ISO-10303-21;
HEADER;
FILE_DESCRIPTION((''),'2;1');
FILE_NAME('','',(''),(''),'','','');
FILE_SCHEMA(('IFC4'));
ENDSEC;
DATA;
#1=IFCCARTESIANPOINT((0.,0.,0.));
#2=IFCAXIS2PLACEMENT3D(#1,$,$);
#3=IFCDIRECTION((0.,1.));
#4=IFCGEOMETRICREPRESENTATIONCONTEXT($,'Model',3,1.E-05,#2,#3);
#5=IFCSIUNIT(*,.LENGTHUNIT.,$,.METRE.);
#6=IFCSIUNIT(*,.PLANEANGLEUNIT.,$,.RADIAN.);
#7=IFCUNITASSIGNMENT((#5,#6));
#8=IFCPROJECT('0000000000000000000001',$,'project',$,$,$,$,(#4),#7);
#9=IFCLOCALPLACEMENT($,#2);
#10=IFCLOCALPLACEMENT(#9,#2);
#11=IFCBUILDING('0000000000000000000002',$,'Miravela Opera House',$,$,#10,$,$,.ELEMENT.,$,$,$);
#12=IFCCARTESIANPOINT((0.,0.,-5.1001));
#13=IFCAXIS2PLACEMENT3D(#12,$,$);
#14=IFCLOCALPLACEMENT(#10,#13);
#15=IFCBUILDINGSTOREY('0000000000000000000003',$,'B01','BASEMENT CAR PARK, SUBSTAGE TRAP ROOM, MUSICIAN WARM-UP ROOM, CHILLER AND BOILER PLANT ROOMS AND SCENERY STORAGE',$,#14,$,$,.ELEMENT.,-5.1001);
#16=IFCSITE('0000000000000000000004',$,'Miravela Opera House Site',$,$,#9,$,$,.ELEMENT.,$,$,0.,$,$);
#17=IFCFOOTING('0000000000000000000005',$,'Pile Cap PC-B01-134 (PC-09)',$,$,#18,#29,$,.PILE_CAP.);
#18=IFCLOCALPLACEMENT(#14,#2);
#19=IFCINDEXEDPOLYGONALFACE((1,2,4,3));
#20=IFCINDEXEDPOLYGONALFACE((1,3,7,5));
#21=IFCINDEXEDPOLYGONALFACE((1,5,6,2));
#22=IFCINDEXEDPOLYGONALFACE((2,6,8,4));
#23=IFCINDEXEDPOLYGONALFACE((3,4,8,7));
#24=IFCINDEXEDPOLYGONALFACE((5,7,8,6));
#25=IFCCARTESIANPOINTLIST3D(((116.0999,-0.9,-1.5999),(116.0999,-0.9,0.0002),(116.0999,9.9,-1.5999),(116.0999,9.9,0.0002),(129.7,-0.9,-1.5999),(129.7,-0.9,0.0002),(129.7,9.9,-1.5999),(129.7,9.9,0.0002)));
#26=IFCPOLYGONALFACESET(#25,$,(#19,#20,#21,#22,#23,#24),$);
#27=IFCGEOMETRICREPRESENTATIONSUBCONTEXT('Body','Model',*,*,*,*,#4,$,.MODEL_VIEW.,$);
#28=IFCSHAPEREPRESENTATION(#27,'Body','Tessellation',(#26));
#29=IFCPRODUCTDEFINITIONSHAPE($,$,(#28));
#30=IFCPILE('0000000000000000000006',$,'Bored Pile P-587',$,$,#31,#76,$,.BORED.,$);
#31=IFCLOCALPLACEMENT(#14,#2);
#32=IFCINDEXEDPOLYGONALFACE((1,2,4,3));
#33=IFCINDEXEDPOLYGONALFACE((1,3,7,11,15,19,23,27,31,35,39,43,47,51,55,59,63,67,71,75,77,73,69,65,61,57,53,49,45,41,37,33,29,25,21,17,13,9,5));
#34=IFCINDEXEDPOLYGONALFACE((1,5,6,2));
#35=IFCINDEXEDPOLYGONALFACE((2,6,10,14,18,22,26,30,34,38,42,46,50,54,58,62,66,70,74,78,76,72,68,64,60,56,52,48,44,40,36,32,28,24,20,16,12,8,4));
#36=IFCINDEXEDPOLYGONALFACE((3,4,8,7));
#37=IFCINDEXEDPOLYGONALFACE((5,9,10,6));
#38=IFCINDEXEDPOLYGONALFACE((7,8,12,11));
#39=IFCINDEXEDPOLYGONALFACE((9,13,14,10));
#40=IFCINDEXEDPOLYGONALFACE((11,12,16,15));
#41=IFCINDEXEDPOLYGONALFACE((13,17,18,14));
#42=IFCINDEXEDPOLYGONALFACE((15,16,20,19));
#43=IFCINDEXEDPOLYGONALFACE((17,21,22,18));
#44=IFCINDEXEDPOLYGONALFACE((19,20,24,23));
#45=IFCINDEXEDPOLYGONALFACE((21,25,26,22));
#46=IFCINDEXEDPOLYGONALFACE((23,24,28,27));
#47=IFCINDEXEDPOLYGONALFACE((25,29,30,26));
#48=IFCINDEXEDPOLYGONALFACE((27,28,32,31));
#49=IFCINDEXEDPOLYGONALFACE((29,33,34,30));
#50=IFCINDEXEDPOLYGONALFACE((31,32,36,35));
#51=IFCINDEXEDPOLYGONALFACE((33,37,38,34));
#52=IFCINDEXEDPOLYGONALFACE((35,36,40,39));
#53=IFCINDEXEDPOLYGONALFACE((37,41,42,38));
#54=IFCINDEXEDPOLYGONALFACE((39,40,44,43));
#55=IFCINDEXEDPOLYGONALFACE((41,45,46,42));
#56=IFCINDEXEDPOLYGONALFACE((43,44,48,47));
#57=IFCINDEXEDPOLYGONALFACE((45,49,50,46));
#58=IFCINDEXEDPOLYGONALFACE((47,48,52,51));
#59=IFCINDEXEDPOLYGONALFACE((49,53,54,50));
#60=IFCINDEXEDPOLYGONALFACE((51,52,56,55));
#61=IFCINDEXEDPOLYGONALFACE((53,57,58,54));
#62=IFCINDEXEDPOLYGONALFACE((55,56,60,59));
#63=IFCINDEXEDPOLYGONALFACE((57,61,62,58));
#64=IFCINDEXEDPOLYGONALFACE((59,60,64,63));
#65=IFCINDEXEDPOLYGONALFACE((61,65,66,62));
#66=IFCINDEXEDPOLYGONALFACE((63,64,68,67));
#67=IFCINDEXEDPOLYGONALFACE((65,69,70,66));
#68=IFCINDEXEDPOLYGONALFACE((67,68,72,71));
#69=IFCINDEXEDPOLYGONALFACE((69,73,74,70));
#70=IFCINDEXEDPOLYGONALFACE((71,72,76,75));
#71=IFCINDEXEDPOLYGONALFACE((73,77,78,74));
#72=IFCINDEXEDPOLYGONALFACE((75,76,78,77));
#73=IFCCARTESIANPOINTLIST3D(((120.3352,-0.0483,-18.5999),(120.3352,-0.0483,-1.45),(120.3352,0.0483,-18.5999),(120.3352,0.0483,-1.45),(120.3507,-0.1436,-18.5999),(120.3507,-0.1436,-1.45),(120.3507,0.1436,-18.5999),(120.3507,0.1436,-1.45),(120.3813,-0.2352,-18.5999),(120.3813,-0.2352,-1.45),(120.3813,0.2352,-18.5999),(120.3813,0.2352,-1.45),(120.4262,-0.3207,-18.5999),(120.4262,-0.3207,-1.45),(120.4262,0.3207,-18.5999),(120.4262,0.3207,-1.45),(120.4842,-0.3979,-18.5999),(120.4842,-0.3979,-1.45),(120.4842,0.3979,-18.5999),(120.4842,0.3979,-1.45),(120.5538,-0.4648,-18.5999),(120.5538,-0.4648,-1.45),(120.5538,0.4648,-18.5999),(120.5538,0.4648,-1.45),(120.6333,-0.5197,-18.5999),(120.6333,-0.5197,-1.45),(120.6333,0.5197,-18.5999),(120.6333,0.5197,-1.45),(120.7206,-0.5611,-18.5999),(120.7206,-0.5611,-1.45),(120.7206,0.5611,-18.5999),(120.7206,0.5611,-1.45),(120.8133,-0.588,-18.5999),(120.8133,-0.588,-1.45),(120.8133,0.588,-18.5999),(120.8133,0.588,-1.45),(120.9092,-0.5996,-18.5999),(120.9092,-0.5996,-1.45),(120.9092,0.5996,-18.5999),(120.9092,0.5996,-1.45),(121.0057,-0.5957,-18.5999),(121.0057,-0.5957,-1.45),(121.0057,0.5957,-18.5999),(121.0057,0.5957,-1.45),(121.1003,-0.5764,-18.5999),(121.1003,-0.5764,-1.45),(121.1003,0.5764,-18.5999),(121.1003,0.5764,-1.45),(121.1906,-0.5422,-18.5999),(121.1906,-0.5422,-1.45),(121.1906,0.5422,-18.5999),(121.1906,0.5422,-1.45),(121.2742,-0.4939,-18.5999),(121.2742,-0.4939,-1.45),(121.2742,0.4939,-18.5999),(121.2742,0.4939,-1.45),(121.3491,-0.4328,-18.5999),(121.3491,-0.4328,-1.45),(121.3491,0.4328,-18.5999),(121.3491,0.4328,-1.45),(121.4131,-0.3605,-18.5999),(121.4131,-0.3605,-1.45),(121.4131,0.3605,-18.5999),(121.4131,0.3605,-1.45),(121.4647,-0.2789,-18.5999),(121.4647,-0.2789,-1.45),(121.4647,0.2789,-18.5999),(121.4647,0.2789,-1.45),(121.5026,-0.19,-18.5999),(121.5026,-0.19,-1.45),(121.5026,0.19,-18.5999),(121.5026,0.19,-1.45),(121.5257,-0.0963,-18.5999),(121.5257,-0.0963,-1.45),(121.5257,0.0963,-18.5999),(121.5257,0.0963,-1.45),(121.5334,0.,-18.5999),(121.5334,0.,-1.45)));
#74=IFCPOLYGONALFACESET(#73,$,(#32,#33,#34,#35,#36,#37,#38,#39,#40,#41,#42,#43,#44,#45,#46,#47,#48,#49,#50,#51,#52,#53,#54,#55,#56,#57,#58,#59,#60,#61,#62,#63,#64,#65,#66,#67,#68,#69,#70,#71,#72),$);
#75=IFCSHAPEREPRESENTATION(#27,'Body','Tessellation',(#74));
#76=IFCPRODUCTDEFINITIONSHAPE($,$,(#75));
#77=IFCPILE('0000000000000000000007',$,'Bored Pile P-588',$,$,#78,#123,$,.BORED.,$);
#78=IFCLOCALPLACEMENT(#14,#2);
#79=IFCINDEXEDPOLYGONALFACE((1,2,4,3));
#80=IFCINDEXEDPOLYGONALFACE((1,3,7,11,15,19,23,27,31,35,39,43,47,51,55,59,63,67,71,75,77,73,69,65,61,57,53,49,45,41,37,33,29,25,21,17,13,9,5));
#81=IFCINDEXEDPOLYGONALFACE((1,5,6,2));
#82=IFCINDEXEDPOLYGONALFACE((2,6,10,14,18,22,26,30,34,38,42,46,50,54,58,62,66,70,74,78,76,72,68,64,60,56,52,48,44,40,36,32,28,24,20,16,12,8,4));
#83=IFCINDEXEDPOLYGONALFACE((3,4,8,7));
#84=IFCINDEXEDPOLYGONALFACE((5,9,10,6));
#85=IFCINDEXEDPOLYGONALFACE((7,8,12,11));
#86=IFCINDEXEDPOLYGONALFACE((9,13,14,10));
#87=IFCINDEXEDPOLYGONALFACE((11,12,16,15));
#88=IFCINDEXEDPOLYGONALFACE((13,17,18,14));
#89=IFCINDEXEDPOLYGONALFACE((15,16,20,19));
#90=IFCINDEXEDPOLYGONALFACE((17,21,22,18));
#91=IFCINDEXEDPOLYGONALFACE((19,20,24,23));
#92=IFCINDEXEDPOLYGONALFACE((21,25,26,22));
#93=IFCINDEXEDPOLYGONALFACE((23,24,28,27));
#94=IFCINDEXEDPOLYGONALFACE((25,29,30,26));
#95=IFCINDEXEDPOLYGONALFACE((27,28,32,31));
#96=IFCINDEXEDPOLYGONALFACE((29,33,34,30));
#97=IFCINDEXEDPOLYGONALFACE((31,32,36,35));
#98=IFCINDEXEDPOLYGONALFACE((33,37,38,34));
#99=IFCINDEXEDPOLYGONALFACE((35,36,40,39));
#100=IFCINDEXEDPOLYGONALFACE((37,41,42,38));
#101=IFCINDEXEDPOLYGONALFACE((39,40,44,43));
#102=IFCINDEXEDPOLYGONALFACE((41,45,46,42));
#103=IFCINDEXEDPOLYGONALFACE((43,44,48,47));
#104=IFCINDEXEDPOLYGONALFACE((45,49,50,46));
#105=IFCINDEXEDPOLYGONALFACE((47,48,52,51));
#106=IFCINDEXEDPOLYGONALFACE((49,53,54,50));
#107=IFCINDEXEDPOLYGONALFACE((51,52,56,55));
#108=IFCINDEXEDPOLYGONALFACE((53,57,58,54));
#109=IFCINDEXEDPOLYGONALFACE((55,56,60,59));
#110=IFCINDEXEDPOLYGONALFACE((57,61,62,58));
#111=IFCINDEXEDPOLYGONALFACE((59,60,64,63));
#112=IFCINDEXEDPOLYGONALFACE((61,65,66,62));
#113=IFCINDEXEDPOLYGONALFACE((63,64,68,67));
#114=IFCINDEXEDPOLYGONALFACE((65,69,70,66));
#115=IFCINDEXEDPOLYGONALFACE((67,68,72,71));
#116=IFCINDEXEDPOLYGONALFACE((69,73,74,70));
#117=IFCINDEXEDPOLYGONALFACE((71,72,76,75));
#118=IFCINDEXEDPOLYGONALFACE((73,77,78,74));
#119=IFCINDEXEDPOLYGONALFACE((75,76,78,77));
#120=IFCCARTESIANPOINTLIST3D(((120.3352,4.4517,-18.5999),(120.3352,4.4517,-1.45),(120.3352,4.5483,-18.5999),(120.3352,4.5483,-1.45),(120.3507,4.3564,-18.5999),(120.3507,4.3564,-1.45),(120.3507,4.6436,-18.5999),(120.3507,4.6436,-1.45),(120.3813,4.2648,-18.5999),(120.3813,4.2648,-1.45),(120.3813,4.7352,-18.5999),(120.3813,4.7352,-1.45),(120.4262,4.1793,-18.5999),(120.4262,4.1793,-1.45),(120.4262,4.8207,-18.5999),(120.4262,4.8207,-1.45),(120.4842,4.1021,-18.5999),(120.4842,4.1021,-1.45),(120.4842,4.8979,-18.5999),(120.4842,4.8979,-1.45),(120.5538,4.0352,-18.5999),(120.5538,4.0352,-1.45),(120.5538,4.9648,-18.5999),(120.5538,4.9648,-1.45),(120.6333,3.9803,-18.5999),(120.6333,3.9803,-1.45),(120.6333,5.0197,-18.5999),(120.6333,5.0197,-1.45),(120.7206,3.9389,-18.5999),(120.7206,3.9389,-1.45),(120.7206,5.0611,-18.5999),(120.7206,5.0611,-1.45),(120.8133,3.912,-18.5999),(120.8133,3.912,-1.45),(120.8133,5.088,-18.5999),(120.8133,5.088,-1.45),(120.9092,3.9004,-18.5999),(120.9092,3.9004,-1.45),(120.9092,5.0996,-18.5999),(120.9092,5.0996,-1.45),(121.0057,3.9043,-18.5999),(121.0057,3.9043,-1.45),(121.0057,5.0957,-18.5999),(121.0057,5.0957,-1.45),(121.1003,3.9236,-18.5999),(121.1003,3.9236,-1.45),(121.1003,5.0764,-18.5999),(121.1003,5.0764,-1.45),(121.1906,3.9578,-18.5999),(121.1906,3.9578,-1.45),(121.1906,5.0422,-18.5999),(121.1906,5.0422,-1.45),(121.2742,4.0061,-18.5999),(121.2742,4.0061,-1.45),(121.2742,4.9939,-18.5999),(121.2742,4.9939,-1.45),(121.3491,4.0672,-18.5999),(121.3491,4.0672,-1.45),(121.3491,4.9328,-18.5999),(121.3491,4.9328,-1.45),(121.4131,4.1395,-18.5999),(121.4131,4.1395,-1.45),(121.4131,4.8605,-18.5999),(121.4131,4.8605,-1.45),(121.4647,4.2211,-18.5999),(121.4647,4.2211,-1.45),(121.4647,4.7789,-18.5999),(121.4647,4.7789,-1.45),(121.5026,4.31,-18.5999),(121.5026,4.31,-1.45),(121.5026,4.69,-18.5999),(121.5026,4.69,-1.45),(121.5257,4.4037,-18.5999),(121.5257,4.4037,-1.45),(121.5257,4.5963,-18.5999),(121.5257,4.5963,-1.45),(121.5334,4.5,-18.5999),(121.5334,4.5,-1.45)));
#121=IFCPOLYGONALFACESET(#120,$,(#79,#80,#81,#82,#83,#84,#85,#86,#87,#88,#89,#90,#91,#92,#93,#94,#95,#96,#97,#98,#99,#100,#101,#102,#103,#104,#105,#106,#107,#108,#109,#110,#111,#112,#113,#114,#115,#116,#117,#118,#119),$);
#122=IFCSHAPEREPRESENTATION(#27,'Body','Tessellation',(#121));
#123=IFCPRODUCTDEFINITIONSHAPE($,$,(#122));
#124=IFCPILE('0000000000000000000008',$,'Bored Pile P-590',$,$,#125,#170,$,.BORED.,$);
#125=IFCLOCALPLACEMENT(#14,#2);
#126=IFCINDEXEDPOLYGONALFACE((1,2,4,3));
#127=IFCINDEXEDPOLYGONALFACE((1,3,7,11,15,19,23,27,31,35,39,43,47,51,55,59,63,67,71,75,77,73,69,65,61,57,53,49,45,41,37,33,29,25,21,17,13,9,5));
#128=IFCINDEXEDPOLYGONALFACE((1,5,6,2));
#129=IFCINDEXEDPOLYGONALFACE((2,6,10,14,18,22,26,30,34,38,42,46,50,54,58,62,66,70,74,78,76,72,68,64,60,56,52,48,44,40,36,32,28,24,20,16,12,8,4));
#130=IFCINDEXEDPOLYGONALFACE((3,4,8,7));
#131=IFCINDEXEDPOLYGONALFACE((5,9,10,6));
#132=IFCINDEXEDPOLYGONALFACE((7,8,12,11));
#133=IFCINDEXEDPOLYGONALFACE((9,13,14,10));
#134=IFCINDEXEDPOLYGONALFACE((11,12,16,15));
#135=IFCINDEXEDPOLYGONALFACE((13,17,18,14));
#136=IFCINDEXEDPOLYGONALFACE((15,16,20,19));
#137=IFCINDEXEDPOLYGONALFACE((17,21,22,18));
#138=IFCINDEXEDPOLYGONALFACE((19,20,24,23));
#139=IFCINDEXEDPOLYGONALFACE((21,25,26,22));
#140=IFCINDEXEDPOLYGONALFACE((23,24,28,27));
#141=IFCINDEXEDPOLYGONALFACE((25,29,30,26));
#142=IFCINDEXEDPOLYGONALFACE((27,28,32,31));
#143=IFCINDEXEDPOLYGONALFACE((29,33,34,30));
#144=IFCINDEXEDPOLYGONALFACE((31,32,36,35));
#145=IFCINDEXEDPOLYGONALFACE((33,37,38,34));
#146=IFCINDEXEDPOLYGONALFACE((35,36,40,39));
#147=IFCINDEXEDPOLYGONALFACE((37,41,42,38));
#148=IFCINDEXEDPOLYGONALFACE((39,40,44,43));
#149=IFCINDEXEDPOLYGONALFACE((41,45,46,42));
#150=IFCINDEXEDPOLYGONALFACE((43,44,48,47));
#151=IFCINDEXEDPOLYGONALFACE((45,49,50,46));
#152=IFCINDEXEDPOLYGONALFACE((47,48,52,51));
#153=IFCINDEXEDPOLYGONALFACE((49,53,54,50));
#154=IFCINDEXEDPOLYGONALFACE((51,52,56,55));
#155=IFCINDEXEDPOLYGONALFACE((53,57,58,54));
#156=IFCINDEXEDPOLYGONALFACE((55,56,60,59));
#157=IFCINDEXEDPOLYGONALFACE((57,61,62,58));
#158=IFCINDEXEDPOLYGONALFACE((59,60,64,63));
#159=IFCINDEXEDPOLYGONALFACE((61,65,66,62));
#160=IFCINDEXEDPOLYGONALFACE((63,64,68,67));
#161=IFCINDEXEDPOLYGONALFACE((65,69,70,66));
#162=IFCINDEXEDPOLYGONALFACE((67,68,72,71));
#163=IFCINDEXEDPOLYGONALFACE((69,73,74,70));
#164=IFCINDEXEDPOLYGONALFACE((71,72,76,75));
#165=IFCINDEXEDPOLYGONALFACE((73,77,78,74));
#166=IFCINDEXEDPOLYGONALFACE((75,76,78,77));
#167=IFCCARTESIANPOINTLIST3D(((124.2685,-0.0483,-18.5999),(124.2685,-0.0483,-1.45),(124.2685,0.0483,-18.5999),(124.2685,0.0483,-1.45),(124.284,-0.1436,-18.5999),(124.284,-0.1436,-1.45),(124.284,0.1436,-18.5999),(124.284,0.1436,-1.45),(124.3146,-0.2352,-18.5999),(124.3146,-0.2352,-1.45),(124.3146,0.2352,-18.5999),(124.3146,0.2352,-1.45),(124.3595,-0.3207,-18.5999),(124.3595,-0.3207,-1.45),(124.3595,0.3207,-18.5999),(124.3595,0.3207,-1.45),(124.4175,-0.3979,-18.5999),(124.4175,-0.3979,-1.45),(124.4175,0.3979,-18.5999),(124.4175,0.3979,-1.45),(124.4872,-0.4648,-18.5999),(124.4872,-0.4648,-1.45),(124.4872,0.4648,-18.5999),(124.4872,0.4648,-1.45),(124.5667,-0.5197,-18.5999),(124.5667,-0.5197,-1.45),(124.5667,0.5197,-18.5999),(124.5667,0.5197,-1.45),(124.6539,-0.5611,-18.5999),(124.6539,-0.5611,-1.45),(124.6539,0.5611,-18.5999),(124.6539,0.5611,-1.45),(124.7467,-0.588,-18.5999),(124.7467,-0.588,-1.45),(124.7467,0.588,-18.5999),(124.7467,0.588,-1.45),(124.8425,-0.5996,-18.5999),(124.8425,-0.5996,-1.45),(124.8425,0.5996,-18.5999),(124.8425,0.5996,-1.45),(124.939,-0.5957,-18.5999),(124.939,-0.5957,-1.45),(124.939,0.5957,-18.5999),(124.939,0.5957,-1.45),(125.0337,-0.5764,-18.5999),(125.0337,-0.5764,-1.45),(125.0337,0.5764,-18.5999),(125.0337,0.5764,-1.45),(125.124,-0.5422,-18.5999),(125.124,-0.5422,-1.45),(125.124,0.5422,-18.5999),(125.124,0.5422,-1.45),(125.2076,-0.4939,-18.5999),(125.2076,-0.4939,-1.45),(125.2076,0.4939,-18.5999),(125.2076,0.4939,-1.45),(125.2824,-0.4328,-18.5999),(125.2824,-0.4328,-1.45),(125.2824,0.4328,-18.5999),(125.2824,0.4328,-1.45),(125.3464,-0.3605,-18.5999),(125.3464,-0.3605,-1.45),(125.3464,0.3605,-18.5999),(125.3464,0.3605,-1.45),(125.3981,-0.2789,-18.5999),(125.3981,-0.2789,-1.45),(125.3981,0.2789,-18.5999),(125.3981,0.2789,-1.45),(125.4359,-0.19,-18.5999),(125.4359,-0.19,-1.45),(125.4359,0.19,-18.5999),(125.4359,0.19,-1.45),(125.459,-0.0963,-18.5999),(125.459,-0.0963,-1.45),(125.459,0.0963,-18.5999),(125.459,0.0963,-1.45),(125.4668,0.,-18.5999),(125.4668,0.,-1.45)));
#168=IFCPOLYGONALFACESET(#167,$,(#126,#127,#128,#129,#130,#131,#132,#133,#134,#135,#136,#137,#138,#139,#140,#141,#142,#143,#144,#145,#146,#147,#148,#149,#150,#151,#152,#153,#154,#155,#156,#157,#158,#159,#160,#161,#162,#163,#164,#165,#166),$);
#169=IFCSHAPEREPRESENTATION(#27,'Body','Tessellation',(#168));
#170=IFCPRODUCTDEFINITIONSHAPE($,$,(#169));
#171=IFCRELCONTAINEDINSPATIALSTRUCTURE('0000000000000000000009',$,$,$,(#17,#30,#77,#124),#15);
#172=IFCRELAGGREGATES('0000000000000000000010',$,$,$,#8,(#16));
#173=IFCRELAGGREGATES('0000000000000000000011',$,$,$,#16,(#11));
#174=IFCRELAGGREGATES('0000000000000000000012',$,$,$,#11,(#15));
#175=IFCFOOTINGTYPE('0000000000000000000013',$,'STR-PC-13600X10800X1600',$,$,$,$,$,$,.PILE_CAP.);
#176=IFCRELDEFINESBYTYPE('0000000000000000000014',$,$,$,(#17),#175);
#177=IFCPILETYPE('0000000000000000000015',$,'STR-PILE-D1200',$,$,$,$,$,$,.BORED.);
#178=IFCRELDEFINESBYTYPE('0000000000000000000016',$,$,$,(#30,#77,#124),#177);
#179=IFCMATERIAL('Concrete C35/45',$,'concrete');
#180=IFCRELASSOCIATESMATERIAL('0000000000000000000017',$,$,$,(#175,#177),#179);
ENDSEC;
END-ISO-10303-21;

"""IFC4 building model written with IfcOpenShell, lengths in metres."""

from ifc_helpers import new_model, si_unit, direction, frame, origin, origin_2d, place, context, subcontext, project, spatial, rectangle, circle, extrude, material, material_profile, profile_set, type_object, element, save


model = new_model("IFC4")

# Units and contexts
model_context = context("Model", 3, precision=1e-05, world=origin(), true_north=direction((0.0, 1.0)))
body_context = subcontext(model_context, "Body", "Model", "MODEL_VIEW")
ifc_project = project(units=[si_unit("LENGTHUNIT", "METRE"), si_unit("PLANEANGLEUNIT", "RADIAN")], contexts=[model_context])

# Site, building, storey
site_placement = place(None, origin())
site = spatial("IfcSite", under=ifc_project, at=site_placement, Name="Miravela Opera House Site", CompositionType="ELEMENT", RefElevation=0.0)
building_placement = place(site_placement, origin())
building = spatial("IfcBuilding", under=site, at=building_placement, Name="Miravela Opera House", CompositionType="ELEMENT")
storey_placement = place(building_placement, frame((0.0, 0.0, -5.1001)))
storey = spatial("IfcBuildingStorey", under=building, at=storey_placement, Name="B01", Description="BASEMENT CAR PARK, SUBSTAGE TRAP ROOM, MUSICIAN WARM-UP ROOM, CHILLER AND BOILER PLANT ROOMS AND SCENERY STORAGE", CompositionType="ELEMENT", Elevation=-5.1001)

# Footing
ifc_material_1 = material(Name="Concrete C35/45", Category="concrete")
footing_type = type_object("IfcFootingType", Name="STR-PC-13600X10800X1600", PredefinedType="PILE_CAP", material=ifc_material_1)
footing_placement = place(storey_placement, frame((122.8999, 4.5, -1.5999), z_axis=(0.0, 0.0, 1.0), x_axis=(1.0, 0.0, 0.0)))
element("IfcFooting", 1, at=footing_placement, inside=storey, type_object=footing_type, Name="Pile Cap PC-B01-134 (PC-09)", PredefinedType="PILE_CAP", context=body_context, shape_type="SweptSolid", body=[
    extrude(rectangle(XDim=13.6001, YDim=10.8, at=origin_2d()), origin(), (0.0, 0.0, 1.0), 1.6001),
])

# Piles
ifc_material_profile_1 = material_profile(ifc_material_1, circle(Radius=0.6001, at=origin_2d()), Name="PILE-D1200")
ifc_profile_set_1 = profile_set([ifc_material_profile_1])
pile_type = type_object("IfcPileType", Name="STR-PILE-D1200", PredefinedType="BORED", material=ifc_profile_set_1)
for number, where, z_axis, x_axis, name in (
    (2, (120.9333, 0.0, -1.45), (0.0, 0.0, -1.0), (1.0, 0.0, 0.0), "Bored Pile P-587"),
    (3, (120.9333, 4.5, -1.45), (0.0, 0.0, -1.0), (1.0, 0.0, 0.0), "Bored Pile P-588"),
    (4, (124.8667, 0.0, -1.45), (0.0, 0.0, -1.0), (1.0, 0.0, 0.0), "Bored Pile P-590"),
):
    element("IfcPile", number, at=place(storey_placement, frame(where, z_axis=z_axis, x_axis=x_axis)), inside=storey, type_object=pile_type, Name=name, PredefinedType="BORED", context=body_context, shape_type="SweptSolid", body=[
        extrude(circle(Radius=0.6001, at=origin_2d()), origin(), (0.0, 0.0, 1.0), 17.1499),
    ])

save(model, "model.ifc")
